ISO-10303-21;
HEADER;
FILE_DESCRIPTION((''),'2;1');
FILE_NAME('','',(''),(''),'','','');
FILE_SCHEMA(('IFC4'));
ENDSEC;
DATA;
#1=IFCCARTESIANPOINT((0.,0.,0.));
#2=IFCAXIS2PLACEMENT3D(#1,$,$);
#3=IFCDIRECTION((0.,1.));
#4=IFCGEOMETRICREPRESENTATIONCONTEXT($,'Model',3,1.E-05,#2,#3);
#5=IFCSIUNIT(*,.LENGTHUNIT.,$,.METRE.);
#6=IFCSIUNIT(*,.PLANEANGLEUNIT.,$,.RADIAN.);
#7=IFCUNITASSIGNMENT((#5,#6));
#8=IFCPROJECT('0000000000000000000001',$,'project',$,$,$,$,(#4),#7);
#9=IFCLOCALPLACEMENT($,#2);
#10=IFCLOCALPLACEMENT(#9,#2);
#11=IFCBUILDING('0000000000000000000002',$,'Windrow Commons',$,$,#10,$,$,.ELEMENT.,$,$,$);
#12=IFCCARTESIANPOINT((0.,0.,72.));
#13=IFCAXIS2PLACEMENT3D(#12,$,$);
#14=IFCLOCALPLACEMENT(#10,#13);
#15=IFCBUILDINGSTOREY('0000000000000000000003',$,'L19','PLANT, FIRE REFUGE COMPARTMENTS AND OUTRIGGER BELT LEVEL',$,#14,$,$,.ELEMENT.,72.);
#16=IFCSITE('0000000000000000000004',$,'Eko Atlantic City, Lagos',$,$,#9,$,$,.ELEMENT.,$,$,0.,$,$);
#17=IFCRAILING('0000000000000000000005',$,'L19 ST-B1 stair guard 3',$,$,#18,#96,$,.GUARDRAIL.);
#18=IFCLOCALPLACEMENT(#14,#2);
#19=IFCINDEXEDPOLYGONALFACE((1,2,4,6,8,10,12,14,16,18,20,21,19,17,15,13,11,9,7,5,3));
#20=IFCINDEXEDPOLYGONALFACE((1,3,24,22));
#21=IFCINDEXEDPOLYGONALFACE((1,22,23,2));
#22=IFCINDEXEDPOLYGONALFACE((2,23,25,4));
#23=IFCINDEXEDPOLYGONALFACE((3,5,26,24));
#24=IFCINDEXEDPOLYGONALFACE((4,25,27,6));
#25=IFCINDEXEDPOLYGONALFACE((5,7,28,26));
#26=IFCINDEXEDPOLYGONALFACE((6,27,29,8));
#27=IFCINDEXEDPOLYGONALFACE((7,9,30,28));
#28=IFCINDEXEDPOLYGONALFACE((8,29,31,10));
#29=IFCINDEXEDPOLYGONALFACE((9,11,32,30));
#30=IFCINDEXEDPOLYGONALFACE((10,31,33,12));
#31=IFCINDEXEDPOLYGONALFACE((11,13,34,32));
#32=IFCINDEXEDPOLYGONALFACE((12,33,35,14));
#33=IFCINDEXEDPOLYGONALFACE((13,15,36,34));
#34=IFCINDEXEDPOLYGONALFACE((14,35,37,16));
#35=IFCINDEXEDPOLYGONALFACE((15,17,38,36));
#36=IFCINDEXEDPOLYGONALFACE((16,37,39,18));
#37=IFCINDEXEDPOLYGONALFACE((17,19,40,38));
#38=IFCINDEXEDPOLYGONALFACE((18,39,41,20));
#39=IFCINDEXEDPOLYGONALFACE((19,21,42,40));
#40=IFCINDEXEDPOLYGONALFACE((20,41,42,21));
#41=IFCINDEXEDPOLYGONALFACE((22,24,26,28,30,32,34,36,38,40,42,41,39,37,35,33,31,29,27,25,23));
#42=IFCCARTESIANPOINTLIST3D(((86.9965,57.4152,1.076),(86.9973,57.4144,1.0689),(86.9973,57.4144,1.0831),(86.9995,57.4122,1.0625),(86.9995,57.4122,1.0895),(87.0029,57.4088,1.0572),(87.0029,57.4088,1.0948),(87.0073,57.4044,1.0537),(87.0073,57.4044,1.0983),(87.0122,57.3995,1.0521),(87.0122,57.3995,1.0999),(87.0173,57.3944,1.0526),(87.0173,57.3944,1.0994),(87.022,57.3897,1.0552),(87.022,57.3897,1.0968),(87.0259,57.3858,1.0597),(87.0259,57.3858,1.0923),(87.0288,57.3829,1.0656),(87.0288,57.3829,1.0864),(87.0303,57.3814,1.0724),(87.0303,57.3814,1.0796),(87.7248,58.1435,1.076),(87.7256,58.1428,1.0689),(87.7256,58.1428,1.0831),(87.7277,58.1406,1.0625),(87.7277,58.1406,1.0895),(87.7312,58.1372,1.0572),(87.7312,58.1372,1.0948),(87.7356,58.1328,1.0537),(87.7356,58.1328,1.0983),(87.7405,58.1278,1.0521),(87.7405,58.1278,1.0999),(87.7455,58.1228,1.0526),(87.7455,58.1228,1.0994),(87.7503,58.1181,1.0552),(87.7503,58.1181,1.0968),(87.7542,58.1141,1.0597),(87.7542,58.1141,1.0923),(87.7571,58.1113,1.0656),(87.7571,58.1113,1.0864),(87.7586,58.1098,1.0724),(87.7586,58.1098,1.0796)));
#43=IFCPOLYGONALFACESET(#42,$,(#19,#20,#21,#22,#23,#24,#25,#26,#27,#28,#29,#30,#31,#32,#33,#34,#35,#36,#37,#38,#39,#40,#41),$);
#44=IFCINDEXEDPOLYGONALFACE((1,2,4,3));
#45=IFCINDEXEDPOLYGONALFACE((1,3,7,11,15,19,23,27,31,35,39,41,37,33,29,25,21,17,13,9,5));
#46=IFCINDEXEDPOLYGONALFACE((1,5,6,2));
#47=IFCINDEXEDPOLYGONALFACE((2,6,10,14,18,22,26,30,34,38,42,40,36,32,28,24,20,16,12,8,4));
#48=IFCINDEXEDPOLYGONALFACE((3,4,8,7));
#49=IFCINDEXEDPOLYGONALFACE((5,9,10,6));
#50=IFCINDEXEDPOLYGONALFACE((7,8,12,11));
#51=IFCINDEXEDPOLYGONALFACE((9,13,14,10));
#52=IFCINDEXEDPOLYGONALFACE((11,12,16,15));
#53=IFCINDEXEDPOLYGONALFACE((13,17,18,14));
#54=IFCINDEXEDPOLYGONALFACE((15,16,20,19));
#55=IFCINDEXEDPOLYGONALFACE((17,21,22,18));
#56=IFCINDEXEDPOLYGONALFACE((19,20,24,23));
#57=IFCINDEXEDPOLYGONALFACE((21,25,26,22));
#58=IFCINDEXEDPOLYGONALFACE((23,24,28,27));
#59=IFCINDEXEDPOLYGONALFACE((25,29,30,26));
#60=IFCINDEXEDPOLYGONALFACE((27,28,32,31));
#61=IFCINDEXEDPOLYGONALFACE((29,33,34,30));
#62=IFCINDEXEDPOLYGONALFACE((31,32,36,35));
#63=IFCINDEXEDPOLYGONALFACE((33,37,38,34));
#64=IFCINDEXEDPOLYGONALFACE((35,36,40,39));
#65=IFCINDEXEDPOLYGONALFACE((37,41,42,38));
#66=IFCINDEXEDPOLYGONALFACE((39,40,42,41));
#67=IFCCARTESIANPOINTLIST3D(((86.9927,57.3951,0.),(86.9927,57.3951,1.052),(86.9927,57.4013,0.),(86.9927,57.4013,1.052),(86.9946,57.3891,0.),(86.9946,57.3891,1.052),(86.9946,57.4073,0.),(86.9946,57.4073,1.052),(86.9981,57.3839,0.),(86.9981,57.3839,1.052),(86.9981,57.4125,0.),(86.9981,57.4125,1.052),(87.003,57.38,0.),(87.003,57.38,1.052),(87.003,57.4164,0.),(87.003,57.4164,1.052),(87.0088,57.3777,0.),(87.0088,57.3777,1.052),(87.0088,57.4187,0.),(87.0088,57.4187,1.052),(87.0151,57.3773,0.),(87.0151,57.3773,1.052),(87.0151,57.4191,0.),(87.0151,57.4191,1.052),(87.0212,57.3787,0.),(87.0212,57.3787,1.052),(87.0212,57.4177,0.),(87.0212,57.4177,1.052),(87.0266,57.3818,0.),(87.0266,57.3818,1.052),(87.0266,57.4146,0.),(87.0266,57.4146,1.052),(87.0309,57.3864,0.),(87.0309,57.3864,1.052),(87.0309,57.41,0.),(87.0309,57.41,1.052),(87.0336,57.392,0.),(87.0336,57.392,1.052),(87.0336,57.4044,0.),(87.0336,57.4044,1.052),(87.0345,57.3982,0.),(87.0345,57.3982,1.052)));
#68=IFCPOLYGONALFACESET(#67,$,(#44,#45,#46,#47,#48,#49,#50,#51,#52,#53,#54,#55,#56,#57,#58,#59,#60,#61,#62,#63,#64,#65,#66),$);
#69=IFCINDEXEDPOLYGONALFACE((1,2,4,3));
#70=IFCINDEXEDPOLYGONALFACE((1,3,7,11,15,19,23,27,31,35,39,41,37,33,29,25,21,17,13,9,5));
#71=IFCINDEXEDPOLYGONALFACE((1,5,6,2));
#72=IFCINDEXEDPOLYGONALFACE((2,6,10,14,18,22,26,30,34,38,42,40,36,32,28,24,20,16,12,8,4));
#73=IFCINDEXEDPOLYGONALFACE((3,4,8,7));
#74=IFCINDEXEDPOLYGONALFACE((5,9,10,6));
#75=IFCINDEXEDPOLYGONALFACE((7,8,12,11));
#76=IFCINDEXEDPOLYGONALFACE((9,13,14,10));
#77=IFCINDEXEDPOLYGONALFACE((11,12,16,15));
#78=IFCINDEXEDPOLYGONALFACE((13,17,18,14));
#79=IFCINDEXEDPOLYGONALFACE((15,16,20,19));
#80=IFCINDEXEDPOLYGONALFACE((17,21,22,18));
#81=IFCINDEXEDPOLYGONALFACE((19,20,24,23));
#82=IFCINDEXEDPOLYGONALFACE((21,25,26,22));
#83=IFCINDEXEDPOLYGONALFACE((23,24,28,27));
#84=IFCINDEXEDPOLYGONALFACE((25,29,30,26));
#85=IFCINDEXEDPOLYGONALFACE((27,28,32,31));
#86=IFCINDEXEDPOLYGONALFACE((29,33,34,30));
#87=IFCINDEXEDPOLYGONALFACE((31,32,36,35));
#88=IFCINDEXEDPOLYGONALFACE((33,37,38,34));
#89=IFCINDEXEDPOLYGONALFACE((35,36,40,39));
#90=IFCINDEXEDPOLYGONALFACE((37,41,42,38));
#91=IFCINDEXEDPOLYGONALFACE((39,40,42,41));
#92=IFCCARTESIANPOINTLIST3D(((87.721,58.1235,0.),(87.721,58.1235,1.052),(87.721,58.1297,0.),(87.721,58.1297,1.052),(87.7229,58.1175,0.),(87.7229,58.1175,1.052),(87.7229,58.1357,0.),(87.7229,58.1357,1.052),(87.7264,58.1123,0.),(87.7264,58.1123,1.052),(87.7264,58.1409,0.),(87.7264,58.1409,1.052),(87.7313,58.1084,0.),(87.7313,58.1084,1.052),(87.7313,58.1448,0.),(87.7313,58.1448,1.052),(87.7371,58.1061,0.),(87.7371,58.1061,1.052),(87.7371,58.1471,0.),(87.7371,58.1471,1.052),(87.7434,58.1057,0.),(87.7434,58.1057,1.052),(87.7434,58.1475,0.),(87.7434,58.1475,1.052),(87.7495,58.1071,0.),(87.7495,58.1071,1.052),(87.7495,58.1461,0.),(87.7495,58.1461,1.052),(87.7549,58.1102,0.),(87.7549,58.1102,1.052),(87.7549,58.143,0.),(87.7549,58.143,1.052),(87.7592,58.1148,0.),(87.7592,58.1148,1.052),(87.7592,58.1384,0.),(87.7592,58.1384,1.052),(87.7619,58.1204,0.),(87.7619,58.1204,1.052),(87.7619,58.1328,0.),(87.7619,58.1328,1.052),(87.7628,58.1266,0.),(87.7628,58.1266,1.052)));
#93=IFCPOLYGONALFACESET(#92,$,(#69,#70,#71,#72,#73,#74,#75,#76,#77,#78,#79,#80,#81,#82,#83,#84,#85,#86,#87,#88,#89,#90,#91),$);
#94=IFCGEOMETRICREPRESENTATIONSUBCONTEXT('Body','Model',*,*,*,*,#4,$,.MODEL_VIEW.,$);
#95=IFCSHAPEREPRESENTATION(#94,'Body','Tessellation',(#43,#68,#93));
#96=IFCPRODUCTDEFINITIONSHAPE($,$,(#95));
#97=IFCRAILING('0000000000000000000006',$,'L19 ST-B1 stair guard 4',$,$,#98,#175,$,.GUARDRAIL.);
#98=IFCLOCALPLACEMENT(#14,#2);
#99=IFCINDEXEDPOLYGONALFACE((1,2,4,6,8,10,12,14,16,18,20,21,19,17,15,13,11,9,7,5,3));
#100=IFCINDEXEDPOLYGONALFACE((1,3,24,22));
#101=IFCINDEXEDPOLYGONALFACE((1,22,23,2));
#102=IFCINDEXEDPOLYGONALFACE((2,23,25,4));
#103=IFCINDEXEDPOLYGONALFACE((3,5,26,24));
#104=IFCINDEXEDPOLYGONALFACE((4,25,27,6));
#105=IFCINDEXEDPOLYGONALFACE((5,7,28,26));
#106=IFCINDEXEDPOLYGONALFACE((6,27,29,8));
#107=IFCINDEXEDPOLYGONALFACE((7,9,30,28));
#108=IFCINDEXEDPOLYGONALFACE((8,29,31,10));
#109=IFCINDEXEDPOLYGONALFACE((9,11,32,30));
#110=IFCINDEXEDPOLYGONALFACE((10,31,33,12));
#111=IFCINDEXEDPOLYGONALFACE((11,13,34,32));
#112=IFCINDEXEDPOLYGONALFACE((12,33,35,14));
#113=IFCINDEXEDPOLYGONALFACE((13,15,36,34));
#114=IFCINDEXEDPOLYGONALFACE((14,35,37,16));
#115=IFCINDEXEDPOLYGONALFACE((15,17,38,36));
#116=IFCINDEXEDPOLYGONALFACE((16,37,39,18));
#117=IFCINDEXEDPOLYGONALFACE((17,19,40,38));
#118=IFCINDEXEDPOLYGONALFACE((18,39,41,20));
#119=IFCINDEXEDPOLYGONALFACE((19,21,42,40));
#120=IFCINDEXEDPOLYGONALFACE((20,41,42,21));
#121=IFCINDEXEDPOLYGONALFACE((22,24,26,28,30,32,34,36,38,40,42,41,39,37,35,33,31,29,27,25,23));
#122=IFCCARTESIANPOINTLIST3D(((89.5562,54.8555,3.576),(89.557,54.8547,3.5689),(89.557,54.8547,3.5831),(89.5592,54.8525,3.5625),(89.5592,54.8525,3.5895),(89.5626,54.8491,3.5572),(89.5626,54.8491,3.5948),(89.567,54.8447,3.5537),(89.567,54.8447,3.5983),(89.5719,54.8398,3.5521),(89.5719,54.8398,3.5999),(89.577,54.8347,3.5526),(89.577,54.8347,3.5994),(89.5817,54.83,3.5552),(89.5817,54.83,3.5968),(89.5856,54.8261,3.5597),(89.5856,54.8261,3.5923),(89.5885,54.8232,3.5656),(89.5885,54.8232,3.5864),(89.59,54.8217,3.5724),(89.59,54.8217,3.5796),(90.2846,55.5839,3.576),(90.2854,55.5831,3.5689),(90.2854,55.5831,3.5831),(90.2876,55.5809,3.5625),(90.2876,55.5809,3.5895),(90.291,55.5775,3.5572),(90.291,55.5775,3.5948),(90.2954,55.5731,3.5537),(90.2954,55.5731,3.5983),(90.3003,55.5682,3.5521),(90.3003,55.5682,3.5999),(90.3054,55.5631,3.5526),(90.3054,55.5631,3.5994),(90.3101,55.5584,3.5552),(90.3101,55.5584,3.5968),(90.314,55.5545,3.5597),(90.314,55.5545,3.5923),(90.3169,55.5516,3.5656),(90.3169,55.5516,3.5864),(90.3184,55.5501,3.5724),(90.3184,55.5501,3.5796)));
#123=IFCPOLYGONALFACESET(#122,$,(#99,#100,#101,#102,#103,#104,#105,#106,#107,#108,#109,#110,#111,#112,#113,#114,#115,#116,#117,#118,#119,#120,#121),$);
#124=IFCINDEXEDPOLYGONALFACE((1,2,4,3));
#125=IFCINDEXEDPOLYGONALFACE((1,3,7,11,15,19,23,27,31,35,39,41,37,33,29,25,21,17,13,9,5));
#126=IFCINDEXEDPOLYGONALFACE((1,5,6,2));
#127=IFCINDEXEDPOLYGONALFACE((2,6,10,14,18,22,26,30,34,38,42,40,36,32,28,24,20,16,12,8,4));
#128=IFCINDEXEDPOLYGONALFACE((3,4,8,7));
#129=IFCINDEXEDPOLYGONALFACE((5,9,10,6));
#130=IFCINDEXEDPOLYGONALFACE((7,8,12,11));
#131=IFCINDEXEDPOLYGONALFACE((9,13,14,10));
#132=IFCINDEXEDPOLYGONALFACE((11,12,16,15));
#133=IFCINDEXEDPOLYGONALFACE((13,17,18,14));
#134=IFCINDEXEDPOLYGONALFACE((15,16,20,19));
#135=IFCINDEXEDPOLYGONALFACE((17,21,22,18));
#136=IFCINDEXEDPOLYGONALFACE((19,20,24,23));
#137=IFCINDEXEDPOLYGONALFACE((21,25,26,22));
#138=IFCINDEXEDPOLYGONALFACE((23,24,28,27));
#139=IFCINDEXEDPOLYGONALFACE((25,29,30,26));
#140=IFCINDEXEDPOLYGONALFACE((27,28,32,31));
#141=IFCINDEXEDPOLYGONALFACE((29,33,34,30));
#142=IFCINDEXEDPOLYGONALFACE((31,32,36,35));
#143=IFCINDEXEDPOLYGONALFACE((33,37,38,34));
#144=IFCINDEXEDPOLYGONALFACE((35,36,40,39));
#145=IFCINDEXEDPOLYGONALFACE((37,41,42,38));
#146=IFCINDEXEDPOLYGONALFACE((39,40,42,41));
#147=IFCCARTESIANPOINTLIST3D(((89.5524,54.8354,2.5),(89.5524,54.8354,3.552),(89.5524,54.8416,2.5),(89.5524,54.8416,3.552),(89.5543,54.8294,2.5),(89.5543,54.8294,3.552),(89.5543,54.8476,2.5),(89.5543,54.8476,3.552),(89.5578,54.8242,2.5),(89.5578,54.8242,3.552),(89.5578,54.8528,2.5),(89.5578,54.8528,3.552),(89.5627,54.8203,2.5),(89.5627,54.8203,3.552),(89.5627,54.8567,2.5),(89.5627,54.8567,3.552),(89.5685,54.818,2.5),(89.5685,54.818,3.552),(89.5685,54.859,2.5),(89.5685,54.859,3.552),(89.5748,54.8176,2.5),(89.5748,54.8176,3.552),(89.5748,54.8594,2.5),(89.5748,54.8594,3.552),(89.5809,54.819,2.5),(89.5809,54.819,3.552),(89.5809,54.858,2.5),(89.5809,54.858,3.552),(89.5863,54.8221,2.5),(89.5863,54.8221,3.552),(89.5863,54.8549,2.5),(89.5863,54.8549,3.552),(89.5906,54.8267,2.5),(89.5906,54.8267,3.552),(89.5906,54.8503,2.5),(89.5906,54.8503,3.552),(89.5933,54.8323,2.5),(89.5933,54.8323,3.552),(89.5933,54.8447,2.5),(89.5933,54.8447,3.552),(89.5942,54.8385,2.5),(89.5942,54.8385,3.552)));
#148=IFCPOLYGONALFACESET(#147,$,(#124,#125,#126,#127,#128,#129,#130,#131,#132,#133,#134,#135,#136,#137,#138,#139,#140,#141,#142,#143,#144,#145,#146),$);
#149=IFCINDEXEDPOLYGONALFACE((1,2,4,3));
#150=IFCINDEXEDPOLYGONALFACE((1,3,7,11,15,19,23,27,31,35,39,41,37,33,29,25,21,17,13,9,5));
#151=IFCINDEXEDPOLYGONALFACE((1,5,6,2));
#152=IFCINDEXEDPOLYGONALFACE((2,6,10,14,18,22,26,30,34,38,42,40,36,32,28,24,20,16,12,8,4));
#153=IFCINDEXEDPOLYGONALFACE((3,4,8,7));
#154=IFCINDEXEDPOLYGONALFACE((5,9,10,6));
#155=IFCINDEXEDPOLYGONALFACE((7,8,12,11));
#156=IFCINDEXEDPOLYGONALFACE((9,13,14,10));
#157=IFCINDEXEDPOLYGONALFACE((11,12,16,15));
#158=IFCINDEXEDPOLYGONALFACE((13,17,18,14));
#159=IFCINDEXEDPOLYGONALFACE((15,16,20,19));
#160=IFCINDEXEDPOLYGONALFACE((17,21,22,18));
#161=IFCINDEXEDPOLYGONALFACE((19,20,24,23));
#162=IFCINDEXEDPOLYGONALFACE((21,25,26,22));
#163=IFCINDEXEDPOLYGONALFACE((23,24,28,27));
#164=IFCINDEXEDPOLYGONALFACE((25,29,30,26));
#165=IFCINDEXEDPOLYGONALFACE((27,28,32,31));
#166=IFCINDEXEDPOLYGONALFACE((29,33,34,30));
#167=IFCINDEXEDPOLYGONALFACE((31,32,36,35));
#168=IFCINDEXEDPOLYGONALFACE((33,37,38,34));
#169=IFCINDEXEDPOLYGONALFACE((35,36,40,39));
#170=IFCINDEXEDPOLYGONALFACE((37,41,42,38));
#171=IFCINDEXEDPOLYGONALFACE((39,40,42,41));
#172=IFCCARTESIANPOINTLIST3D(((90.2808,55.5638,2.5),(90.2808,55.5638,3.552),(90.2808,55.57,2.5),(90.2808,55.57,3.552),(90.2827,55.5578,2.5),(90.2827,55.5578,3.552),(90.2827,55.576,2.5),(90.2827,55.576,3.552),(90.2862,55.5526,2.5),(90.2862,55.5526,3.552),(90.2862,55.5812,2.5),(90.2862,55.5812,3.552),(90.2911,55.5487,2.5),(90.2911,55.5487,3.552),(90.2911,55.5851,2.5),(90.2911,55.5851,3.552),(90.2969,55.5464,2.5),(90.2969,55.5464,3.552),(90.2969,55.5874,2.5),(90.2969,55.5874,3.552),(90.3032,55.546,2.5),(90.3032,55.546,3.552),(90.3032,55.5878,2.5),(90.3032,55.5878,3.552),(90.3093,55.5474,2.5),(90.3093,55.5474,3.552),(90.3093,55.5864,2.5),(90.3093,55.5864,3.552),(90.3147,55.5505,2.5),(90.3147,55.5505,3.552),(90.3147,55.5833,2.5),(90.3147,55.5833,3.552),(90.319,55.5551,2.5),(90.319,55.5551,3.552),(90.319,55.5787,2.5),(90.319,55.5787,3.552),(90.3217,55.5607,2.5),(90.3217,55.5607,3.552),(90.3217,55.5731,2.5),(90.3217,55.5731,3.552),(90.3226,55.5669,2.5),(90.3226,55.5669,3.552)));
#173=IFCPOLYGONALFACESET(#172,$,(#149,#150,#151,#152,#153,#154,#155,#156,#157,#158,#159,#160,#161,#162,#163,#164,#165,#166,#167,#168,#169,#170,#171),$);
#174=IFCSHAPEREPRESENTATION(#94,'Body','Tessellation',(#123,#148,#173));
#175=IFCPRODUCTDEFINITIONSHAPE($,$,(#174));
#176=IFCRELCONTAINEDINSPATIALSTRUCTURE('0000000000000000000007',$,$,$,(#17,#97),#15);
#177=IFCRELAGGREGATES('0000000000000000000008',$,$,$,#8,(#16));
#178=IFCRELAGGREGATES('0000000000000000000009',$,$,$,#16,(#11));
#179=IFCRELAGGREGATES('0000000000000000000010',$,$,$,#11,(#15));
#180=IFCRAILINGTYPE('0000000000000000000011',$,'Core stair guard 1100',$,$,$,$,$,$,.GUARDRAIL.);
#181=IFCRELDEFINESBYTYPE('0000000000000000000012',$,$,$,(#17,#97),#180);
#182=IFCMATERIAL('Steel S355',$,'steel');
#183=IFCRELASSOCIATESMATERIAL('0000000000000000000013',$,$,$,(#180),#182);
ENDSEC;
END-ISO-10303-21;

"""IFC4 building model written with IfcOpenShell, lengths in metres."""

from ifc_helpers import new_model, si_unit, direction, frame, origin, origin_2d, place, context, subcontext, project, spatial, circle, extrude, material, type_object, element, save


model = new_model("IFC4")

# Units and contexts
model_context = context("Model", 3, precision=1e-05, world=origin(), true_north=direction((0.0, 1.0)))
body_context = subcontext(model_context, "Body", "Model", "MODEL_VIEW")
ifc_project = project(units=[si_unit("LENGTHUNIT", "METRE"), si_unit("PLANEANGLEUNIT", "RADIAN")], contexts=[model_context])

# Site, building, storey
site_placement = place(None, origin())
site = spatial("IfcSite", under=ifc_project, at=site_placement, Name="Eko Atlantic City, Lagos", CompositionType="ELEMENT", RefElevation=0.0)
building_placement = place(site_placement, origin())
building = spatial("IfcBuilding", under=site, at=building_placement, Name="Windrow Commons", CompositionType="ELEMENT")
storey_placement = place(building_placement, frame((0.0, 0.0, 72.0)))
storey = spatial("IfcBuildingStorey", under=building, at=storey_placement, Name="L19", Description="PLANT, FIRE REFUGE COMPARTMENTS AND OUTRIGGER BELT LEVEL", CompositionType="ELEMENT", Elevation=72.0)

# Railings
ifc_material_1 = material(Name="Steel S355", Category="steel")
railing_type_1 = type_object("IfcRailingType", Name="Core stair guard 1100", PredefinedType="GUARDRAIL", material=ifc_material_1)
railing_1_placement = place(storey_placement, frame((87.0135, 57.3982, 0.0)))
element("IfcRailing", 1, at=railing_1_placement, inside=storey, type_object=railing_type_1, Name="L19 ST-B1 stair guard 3", PredefinedType="GUARDRAIL", context=body_context, shape_type="SweptSolid", body=[
    extrude(circle(Radius=0.024, at=origin_2d()), frame((0.0, 0.0, 1.076), z_axis=(0.707058, 0.707155, 0.0), x_axis=(-0.707155, 0.707058, 0.0)), (0.0, 0.0, 1.0), 1.03),
    extrude(circle(Radius=0.021, at=origin_2d()), origin(), (0.0, 0.0, 1.0), 1.052),
    extrude(circle(Radius=0.021, at=origin_2d()), frame((0.7283, 0.7284, 0.0)), (0.0, 0.0, 1.0), 1.052),
])
railing_2_placement = place(storey_placement, frame((89.5732, 54.8385, 2.5)))
element("IfcRailing", 2, at=railing_2_placement, inside=storey, type_object=railing_type_1, Name="L19 ST-B1 stair guard 4", PredefinedType="GUARDRAIL", context=body_context, shape_type="SweptSolid", body=[
    extrude(circle(Radius=0.024, at=origin_2d()), frame((0.0, 0.0, 1.076), z_axis=(0.707107, 0.707107, 0.0), x_axis=(-0.707107, 0.707107, 0.0)), (0.0, 0.0, 1.0), 1.0301),
    extrude(circle(Radius=0.021, at=origin_2d()), origin(), (0.0, 0.0, 1.0), 1.052),
    extrude(circle(Radius=0.021, at=origin_2d()), frame((0.7284, 0.7284, 0.0)), (0.0, 0.0, 1.0), 1.052),
])

save(model, "model.ifc")
